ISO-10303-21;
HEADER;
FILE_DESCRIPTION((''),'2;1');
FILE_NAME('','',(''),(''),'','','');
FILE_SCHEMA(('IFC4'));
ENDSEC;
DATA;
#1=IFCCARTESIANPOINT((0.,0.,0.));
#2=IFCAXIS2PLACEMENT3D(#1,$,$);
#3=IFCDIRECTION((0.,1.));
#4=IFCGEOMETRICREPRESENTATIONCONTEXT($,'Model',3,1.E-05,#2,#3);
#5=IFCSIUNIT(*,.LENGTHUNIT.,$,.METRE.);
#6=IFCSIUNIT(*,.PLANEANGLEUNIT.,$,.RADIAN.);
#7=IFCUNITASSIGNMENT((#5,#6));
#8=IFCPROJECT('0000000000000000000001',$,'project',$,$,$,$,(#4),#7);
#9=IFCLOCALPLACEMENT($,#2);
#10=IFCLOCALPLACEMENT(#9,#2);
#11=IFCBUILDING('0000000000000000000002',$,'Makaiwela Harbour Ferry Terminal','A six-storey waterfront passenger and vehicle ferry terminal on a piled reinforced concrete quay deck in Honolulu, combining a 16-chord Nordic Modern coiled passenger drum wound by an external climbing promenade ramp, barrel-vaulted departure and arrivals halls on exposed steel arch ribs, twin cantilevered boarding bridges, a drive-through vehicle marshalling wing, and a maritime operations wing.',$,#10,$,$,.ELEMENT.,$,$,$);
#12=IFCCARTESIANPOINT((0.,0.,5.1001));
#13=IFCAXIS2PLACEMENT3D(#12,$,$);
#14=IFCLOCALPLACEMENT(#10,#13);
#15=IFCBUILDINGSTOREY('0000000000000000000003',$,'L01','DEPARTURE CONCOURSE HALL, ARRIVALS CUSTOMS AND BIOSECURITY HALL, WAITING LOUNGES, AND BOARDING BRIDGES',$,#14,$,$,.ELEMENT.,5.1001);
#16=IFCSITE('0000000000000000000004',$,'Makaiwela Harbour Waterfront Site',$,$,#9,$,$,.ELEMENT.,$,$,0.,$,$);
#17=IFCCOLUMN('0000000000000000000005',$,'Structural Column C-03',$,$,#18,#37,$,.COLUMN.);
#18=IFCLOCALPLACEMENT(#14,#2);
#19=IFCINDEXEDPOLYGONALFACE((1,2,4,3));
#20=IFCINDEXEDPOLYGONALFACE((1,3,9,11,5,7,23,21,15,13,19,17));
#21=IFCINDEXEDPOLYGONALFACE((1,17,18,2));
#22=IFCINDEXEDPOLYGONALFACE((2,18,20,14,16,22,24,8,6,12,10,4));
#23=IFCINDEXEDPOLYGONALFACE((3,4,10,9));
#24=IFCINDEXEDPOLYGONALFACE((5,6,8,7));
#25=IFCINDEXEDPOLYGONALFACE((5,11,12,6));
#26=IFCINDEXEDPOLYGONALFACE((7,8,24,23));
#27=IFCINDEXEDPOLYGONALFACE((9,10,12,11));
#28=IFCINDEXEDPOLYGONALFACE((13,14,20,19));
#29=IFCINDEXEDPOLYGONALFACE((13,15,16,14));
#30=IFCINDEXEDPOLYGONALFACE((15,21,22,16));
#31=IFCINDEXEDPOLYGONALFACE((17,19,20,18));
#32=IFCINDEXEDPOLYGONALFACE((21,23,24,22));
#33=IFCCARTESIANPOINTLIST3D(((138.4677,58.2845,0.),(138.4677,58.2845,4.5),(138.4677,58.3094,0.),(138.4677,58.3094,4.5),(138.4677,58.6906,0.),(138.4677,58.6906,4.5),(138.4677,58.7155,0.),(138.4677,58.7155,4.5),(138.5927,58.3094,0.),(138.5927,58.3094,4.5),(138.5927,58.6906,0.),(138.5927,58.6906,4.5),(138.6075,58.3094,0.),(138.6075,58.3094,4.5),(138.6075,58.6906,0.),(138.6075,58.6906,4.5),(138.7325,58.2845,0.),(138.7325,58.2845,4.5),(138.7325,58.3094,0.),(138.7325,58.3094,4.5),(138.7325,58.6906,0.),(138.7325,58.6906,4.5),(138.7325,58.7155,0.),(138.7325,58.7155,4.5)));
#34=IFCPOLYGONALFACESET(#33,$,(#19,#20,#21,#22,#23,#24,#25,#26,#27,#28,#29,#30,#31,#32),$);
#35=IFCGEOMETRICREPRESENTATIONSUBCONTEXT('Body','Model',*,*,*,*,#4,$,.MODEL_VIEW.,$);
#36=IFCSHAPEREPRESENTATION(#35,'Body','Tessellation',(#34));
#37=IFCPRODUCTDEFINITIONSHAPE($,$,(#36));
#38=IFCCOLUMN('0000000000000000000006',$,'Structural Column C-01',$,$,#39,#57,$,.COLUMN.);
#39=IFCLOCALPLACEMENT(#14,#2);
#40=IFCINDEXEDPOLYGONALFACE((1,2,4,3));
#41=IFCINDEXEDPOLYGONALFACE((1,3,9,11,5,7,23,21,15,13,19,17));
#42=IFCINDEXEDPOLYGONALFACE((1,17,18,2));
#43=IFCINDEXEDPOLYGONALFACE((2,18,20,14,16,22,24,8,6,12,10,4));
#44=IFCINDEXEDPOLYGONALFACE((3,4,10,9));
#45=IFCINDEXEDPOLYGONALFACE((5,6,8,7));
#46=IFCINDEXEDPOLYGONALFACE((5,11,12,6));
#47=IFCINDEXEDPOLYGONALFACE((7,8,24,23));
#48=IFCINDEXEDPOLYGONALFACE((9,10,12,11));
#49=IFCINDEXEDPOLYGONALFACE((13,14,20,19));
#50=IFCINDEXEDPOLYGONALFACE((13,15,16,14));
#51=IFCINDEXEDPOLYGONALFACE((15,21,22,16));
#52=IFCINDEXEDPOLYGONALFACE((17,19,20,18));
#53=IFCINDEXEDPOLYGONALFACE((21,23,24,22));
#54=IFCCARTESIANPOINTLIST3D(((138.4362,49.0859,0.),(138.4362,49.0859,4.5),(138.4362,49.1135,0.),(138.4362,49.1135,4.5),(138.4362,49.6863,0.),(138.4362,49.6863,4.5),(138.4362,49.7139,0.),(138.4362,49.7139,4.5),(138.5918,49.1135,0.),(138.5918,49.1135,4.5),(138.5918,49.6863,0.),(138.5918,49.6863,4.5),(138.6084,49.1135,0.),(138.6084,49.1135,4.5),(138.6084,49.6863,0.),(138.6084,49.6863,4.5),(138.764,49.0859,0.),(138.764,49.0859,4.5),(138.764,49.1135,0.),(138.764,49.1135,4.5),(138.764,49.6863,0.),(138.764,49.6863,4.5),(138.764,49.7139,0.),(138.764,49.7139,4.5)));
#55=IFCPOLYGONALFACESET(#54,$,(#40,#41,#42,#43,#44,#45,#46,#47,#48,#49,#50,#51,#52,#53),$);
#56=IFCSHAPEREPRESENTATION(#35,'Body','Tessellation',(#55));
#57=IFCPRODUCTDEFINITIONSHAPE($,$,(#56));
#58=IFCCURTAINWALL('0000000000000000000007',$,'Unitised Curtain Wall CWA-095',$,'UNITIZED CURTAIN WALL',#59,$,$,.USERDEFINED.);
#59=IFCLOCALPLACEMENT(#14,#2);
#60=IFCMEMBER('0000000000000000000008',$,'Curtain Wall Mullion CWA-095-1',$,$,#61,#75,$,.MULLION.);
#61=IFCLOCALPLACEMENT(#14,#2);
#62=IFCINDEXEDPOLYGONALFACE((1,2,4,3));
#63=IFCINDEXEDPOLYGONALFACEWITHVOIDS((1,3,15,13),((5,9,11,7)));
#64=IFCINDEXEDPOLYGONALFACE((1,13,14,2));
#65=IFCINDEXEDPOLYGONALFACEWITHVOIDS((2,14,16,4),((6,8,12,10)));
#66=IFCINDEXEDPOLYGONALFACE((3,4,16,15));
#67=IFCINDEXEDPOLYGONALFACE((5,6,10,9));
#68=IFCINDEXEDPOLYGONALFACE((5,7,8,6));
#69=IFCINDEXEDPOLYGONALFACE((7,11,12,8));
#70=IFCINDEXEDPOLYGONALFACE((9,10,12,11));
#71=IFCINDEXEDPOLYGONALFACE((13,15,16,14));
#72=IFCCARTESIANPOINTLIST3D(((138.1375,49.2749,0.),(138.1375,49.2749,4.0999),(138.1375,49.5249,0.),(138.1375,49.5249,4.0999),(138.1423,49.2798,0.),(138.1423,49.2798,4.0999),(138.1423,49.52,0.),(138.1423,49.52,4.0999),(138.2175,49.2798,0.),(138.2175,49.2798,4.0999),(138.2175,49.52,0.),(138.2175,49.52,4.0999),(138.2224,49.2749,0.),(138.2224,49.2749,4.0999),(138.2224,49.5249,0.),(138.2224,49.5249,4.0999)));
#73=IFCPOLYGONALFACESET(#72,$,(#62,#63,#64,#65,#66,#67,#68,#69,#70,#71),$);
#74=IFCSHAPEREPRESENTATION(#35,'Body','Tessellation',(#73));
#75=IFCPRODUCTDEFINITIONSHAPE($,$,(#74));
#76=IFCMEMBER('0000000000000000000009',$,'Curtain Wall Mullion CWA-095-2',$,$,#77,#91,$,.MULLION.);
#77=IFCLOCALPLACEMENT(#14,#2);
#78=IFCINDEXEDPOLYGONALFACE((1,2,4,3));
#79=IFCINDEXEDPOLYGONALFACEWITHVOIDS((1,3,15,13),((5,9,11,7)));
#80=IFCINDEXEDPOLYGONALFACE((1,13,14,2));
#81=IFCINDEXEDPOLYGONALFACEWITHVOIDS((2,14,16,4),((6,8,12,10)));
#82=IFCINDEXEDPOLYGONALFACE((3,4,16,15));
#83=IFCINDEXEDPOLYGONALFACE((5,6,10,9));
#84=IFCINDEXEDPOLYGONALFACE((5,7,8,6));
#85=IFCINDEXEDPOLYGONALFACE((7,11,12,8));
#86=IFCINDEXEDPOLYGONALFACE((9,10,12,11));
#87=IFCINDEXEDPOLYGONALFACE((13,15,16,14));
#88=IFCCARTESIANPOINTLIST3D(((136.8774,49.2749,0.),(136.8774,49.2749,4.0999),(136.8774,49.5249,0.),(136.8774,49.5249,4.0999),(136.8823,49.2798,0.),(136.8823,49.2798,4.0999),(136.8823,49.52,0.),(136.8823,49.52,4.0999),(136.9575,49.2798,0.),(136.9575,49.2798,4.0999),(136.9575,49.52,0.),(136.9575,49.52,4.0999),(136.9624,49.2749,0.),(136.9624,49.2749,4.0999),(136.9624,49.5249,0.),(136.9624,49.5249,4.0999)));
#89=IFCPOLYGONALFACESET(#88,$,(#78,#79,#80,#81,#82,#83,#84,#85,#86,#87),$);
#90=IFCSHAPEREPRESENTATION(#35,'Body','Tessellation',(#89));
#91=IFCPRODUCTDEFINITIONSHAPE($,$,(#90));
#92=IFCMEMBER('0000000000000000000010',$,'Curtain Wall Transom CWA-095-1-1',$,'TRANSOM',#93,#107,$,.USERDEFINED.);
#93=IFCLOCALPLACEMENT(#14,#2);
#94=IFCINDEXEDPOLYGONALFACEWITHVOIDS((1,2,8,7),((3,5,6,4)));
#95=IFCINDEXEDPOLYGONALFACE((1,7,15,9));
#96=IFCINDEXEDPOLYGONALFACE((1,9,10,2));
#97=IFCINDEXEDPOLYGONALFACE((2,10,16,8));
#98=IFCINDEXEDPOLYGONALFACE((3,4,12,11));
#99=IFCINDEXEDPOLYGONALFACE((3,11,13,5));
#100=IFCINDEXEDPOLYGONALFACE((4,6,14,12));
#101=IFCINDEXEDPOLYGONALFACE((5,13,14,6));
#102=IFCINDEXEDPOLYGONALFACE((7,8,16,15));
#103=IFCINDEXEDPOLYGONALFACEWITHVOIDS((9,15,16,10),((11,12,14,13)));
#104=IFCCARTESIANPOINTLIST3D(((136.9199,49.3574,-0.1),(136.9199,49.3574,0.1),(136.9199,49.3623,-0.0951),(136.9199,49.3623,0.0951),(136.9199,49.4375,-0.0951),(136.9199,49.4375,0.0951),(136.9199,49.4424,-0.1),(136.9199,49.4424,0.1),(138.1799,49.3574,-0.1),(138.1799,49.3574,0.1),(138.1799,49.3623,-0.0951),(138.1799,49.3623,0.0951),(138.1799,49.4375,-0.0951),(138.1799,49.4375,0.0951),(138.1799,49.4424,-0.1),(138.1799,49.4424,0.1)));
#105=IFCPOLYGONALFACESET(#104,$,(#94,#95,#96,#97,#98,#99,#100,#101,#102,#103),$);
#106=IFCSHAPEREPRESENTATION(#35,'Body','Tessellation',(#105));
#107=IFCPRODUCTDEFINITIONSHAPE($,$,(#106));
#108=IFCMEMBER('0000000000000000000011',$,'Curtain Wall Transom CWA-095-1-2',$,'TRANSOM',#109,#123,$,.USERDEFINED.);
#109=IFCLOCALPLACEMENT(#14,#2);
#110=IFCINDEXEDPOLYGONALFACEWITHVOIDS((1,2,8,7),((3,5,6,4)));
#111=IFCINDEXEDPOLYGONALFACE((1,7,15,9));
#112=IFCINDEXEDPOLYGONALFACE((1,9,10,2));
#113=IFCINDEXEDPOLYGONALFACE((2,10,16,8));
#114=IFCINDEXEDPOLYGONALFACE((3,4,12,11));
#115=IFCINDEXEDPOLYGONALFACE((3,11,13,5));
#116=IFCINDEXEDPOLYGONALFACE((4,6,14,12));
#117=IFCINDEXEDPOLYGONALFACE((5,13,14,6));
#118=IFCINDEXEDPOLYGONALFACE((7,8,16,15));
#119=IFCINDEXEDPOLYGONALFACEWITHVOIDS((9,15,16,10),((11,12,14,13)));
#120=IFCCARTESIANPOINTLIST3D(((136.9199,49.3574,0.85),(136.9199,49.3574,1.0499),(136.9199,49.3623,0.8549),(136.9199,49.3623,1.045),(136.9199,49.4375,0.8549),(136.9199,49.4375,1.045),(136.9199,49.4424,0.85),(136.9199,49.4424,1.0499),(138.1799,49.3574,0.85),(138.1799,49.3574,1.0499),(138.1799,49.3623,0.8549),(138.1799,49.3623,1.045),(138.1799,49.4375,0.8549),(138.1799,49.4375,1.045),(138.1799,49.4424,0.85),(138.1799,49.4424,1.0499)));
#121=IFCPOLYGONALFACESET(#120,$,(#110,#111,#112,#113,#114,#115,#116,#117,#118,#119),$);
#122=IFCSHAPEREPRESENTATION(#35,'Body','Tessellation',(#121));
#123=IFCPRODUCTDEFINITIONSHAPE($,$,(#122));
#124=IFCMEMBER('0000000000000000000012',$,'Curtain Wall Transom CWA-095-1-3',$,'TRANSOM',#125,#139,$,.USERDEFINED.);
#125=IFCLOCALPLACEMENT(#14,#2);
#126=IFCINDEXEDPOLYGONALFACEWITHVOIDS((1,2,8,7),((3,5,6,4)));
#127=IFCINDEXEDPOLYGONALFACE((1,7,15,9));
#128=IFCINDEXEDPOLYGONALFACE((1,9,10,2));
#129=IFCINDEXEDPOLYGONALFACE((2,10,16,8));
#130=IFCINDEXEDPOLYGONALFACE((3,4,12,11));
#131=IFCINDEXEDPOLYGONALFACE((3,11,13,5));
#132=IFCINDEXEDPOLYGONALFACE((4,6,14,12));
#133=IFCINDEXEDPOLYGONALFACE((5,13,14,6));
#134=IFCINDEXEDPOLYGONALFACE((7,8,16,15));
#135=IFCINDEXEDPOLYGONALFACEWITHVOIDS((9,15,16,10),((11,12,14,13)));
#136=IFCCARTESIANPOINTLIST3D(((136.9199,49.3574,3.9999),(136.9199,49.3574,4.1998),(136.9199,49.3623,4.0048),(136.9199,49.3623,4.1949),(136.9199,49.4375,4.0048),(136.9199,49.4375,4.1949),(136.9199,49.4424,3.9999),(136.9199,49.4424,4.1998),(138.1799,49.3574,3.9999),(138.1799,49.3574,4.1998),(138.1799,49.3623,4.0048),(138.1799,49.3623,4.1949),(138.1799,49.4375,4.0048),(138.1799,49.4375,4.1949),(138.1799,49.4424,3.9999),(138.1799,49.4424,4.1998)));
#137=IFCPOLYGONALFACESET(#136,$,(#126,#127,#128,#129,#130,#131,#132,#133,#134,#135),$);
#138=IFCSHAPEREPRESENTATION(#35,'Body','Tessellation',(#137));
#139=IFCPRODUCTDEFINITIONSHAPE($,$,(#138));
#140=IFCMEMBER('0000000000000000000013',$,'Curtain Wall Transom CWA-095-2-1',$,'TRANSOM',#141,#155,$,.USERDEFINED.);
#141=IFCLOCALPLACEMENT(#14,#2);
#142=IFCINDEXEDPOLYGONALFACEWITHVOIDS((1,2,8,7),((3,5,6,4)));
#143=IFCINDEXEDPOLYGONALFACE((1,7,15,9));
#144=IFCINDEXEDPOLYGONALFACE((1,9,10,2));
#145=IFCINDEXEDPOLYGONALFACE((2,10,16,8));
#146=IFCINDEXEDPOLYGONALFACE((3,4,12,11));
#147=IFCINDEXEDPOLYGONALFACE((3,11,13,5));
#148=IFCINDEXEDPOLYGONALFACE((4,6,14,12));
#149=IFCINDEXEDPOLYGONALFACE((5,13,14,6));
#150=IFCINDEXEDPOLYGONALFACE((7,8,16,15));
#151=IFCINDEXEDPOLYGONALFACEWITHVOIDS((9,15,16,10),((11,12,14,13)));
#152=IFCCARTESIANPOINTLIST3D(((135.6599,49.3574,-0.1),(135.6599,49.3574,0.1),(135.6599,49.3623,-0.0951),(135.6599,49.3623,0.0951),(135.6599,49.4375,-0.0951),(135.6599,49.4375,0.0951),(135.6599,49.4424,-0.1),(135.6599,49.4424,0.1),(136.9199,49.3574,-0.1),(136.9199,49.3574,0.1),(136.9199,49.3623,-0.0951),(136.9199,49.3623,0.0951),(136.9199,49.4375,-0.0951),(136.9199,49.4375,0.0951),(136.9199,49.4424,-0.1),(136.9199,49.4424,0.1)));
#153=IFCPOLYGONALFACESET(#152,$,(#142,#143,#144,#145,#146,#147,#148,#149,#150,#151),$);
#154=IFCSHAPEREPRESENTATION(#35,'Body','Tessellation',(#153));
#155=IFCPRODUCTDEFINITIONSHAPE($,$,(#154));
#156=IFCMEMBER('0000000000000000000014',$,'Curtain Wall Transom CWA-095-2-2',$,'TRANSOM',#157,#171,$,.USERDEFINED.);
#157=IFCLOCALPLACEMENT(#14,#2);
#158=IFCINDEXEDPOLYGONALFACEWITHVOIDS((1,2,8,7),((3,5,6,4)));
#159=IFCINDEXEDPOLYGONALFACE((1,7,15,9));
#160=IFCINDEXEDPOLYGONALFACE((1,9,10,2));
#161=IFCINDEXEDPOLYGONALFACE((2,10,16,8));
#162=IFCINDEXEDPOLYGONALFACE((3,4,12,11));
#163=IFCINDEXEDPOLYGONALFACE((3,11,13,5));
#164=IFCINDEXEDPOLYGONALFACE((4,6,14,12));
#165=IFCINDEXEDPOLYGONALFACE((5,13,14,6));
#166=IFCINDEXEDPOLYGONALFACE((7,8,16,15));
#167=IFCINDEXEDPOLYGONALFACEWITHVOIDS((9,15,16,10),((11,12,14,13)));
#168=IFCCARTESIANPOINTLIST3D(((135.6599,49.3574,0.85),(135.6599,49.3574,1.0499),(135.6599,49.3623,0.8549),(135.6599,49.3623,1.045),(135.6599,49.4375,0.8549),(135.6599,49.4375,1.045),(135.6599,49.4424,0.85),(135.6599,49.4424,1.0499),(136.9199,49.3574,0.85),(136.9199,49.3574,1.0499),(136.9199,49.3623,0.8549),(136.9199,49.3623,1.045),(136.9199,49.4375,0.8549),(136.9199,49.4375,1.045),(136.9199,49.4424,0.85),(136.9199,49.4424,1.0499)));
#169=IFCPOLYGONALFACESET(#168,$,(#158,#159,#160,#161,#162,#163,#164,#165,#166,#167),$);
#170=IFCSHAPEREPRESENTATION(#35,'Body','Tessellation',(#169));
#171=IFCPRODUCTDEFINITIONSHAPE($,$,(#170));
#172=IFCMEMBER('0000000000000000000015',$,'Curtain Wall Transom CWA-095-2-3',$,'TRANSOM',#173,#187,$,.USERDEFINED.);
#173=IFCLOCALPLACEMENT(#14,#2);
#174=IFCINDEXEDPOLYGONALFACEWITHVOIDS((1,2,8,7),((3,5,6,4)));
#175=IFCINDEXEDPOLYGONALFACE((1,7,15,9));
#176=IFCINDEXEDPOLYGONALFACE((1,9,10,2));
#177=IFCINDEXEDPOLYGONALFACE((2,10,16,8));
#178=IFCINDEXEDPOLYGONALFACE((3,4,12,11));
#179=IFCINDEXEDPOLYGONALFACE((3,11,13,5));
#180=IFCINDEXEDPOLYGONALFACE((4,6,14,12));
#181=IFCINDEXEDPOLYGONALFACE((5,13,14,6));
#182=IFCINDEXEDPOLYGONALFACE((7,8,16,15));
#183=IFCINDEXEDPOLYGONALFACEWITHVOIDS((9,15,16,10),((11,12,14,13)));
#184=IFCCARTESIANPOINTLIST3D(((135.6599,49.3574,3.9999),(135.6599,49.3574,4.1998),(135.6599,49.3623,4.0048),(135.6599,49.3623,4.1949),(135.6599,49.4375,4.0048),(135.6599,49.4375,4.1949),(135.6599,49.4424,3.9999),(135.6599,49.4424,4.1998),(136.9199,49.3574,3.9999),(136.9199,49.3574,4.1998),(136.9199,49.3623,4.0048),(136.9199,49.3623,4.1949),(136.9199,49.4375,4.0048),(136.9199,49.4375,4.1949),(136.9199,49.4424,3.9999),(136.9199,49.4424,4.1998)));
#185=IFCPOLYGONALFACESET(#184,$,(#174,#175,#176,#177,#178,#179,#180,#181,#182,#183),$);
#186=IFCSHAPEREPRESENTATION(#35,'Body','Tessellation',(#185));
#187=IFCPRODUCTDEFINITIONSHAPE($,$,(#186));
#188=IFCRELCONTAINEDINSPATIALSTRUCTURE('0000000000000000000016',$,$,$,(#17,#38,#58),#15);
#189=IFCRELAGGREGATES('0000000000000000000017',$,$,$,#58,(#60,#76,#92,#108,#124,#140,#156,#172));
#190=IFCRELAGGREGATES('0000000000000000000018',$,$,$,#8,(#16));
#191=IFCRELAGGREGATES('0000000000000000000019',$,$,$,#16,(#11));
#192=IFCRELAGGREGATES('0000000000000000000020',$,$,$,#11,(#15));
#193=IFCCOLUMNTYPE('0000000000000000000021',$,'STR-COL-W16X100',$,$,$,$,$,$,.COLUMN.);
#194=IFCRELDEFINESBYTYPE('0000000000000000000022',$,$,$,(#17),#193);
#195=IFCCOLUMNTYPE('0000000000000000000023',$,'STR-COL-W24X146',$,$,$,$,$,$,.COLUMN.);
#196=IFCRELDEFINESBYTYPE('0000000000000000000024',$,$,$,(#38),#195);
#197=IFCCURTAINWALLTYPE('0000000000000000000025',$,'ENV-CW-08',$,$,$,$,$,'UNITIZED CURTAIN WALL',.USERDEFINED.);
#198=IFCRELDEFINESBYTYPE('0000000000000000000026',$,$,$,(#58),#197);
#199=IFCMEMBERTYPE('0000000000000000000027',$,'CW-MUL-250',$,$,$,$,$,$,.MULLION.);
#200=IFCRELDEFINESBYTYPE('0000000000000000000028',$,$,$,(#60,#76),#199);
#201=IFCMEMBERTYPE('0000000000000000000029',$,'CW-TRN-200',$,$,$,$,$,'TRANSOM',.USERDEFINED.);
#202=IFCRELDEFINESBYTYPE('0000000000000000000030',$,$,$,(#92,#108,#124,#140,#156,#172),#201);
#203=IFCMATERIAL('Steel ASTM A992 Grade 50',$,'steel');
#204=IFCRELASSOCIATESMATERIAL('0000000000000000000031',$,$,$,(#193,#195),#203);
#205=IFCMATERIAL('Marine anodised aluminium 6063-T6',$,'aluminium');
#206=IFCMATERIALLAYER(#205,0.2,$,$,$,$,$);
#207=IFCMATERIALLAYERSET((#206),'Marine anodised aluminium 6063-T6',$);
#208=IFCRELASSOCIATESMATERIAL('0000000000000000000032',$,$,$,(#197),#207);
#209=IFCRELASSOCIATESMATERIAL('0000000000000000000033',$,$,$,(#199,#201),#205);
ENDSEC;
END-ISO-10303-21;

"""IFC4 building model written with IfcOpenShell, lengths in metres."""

from ifc_helpers import new_model, si_unit, direction, frame, origin, origin_2d, place, context, subcontext, project, spatial, hollow_rectangle, i_section, extrude, material, layer, layer_set, material_profile, profile_set, type_object, element, aggregate, save


model = new_model("IFC4")

# Units and contexts
model_context = context("Model", 3, precision=1e-05, world=origin(), true_north=direction((0.0, 1.0)))
body_context = subcontext(model_context, "Body", "Model", "MODEL_VIEW")
ifc_project = project(units=[si_unit("LENGTHUNIT", "METRE"), si_unit("PLANEANGLEUNIT", "RADIAN")], contexts=[model_context])

# Site, building, storey
site_placement = place(None, origin())
site = spatial("IfcSite", under=ifc_project, at=site_placement, Name="Makaiwela Harbour Waterfront Site", CompositionType="ELEMENT", RefElevation=0.0)
building_placement = place(site_placement, origin())
building = spatial("IfcBuilding", under=site, at=building_placement, Name="Makaiwela Harbour Ferry Terminal", Description="A six-storey waterfront passenger and vehicle ferry terminal on a piled reinforced concrete quay deck in Honolulu, combining a 16-chord Nordic Modern coiled passenger drum wound by an external climbing promenade ramp, barrel-vaulted departure and arrivals halls on exposed steel arch ribs, twin cantilevered boarding bridges, a drive-through vehicle marshalling wing, and a maritime operations wing.", CompositionType="ELEMENT")
storey_placement = place(building_placement, frame((0.0, 0.0, 5.1001)))
storey = spatial("IfcBuildingStorey", under=building, at=storey_placement, Name="L01", Description="DEPARTURE CONCOURSE HALL, ARRIVALS CUSTOMS AND BIOSECURITY HALL, WAITING LOUNGES, AND BOARDING BRIDGES", CompositionType="ELEMENT", Elevation=5.1001)

# Columns
ifc_material_1 = material(Name="Steel ASTM A992 Grade 50", Category="steel")
ifc_material_profile_1 = material_profile(ifc_material_1, i_section(OverallWidth=0.2649, OverallDepth=0.4309, WebThickness=0.0149, FlangeThickness=0.0249, at=origin_2d()), Name="W16X100")
ifc_profile_set_1 = profile_set([ifc_material_profile_1], Name="Steel ASTM A992 Grade 50")
column_type_1 = type_object("IfcColumnType", Name="STR-COL-W16X100", PredefinedType="COLUMN", material=ifc_profile_set_1)
column_1_placement = place(storey_placement, frame((138.6001, 58.5, 0.0), z_axis=(0.0, 0.0, 1.0), x_axis=(1.0, 0.0, 0.0)))
element("IfcColumn", 1, at=column_1_placement, inside=storey, type_object=column_type_1, Name="Structural Column C-03", PredefinedType="COLUMN", context=body_context, shape_type="SweptSolid", body=[
    extrude(i_section(OverallWidth=0.2649, OverallDepth=0.4309, WebThickness=0.0149, FlangeThickness=0.0249, at=origin_2d()), origin(), (0.0, 0.0, 1.0), 4.5),
])
ifc_material_profile_2 = material_profile(ifc_material_1, i_section(OverallWidth=0.3279, OverallDepth=0.6279, WebThickness=0.0166, FlangeThickness=0.0276, at=origin_2d()), Name="W24X146")
ifc_profile_set_2 = profile_set([ifc_material_profile_2], Name="Steel ASTM A992 Grade 50")
column_type_2 = type_object("IfcColumnType", Name="STR-COL-W24X146", PredefinedType="COLUMN", material=ifc_profile_set_2)
column_2_placement = place(storey_placement, frame((138.6001, 49.3999, 0.0), z_axis=(0.0, 0.0, 1.0), x_axis=(1.0, 0.0, 0.0)))
element("IfcColumn", 2, at=column_2_placement, inside=storey, type_object=column_type_2, Name="Structural Column C-01", PredefinedType="COLUMN", context=body_context, shape_type="SweptSolid", body=[
    extrude(i_section(OverallWidth=0.3279, OverallDepth=0.6279, WebThickness=0.0166, FlangeThickness=0.0276, at=origin_2d()), origin(), (0.0, 0.0, 1.0), 4.5),
])

# Curtain wall, members
ifc_material_2 = material(Name="Marine anodised aluminium 6063-T6", Category="aluminium")
ifc_layer_1 = layer(ifc_material_2, 0.2)
ifc_layer_set_1 = layer_set([ifc_layer_1], Name="Marine anodised aluminium 6063-T6")
curtain_wall_type = type_object("IfcCurtainWallType", Name="ENV-CW-08", ElementType="UNITIZED CURTAIN WALL", PredefinedType="USERDEFINED", material=ifc_layer_set_1)
curtain_wall_placement = place(storey_placement, origin())
curtain_wall = element("IfcCurtainWall", 3, at=curtain_wall_placement, inside=storey, type_object=curtain_wall_type, Name="Unitised Curtain Wall CWA-095", ObjectType="UNITIZED CURTAIN WALL", PredefinedType="USERDEFINED")
ifc_material_profile_3 = material_profile(ifc_material_2, hollow_rectangle(XDim=0.085, YDim=0.25, WallThickness=0.0049, at=origin_2d()), Name="CWM-250X85")
ifc_profile_set_3 = profile_set([ifc_material_profile_3], Name="Marine anodised aluminium 6063-T6")
member_type_1 = type_object("IfcMemberType", Name="CW-MUL-250", PredefinedType="MULLION", material=ifc_profile_set_3)
member_1_placement = place(storey_placement, frame((138.1799, 49.3999, 0.0), z_axis=(0.0, 0.0, 1.0), x_axis=(1.0, 0.0, 0.0)))
member_1 = element("IfcMember", 4, at=member_1_placement, type_object=member_type_1, Name="Curtain Wall Mullion CWA-095-1", PredefinedType="MULLION", context=body_context, shape_type="SweptSolid", body=[
    extrude(hollow_rectangle(XDim=0.085, YDim=0.25, WallThickness=0.0049, at=origin_2d()), origin(), (0.0, 0.0, 1.0), 4.0999),
])
member_2_placement = place(storey_placement, frame((136.9199, 49.3999, 0.0), z_axis=(0.0, 0.0, 1.0), x_axis=(1.0, 0.0, 0.0)))
member_2 = element("IfcMember", 5, at=member_2_placement, type_object=member_type_1, Name="Curtain Wall Mullion CWA-095-2", PredefinedType="MULLION", context=body_context, shape_type="SweptSolid", body=[
    extrude(hollow_rectangle(XDim=0.085, YDim=0.25, WallThickness=0.0049, at=origin_2d()), origin(), (0.0, 0.0, 1.0), 4.0999),
])
ifc_material_profile_4 = material_profile(ifc_material_2, hollow_rectangle(XDim=0.085, YDim=0.2, WallThickness=0.0049, at=origin_2d()), Name="CWT-200X85")
ifc_profile_set_4 = profile_set([ifc_material_profile_4], Name="Marine anodised aluminium 6063-T6")
member_type_2 = type_object("IfcMemberType", Name="CW-TRN-200", ElementType="TRANSOM", PredefinedType="USERDEFINED", material=ifc_profile_set_4)
member_3_placement = place(storey_placement, frame((138.1799, 49.3999, 0.0), z_axis=(-1.0, 0.0, 0.0), x_axis=(0.0, -1.0, 0.0)))
member_3 = element("IfcMember", 6, at=member_3_placement, type_object=member_type_2, Name="Curtain Wall Transom CWA-095-1-1", ObjectType="TRANSOM", PredefinedType="USERDEFINED", context=body_context, shape_type="SweptSolid", body=[
    extrude(hollow_rectangle(XDim=0.085, YDim=0.2, WallThickness=0.0049, at=origin_2d()), origin(), (0.0, 0.0, 1.0), 1.26),
])
member_4_placement = place(storey_placement, frame((138.1799, 49.3999, 0.95), z_axis=(-1.0, 0.0, 0.0), x_axis=(0.0, -1.0, 0.0)))
member_4 = element("IfcMember", 7, at=member_4_placement, type_object=member_type_2, Name="Curtain Wall Transom CWA-095-1-2", ObjectType="TRANSOM", PredefinedType="USERDEFINED", context=body_context, shape_type="SweptSolid", body=[
    extrude(hollow_rectangle(XDim=0.085, YDim=0.2, WallThickness=0.0049, at=origin_2d()), origin(), (0.0, 0.0, 1.0), 1.26),
])
member_5_placement = place(storey_placement, frame((138.1799, 49.3999, 4.0999), z_axis=(-1.0, 0.0, 0.0), x_axis=(0.0, -1.0, 0.0)))
member_5 = element("IfcMember", 8, at=member_5_placement, type_object=member_type_2, Name="Curtain Wall Transom CWA-095-1-3", ObjectType="TRANSOM", PredefinedType="USERDEFINED", context=body_context, shape_type="SweptSolid", body=[
    extrude(hollow_rectangle(XDim=0.085, YDim=0.2, WallThickness=0.0049, at=origin_2d()), origin(), (0.0, 0.0, 1.0), 1.26),
])
member_6_placement = place(storey_placement, frame((136.9199, 49.3999, 0.0), z_axis=(-1.0, 0.0, 0.0), x_axis=(0.0, -1.0, 0.0)))
member_6 = element("IfcMember", 9, at=member_6_placement, type_object=member_type_2, Name="Curtain Wall Transom CWA-095-2-1", ObjectType="TRANSOM", PredefinedType="USERDEFINED", context=body_context, shape_type="SweptSolid", body=[
    extrude(hollow_rectangle(XDim=0.085, YDim=0.2, WallThickness=0.0049, at=origin_2d()), origin(), (0.0, 0.0, 1.0), 1.26),
])
member_7_placement = place(storey_placement, frame((136.9199, 49.3999, 0.95), z_axis=(-1.0, 0.0, 0.0), x_axis=(0.0, -1.0, 0.0)))
member_7 = element("IfcMember", 10, at=member_7_placement, type_object=member_type_2, Name="Curtain Wall Transom CWA-095-2-2", ObjectType="TRANSOM", PredefinedType="USERDEFINED", context=body_context, shape_type="SweptSolid", body=[
    extrude(hollow_rectangle(XDim=0.085, YDim=0.2, WallThickness=0.0049, at=origin_2d()), origin(), (0.0, 0.0, 1.0), 1.26),
])
member_8_placement = place(storey_placement, frame((136.9199, 49.3999, 4.0999), z_axis=(-1.0, 0.0, 0.0), x_axis=(0.0, -1.0, 0.0)))
member_8 = element("IfcMember", 11, at=member_8_placement, type_object=member_type_2, Name="Curtain Wall Transom CWA-095-2-3", ObjectType="TRANSOM", PredefinedType="USERDEFINED", context=body_context, shape_type="SweptSolid", body=[
    extrude(hollow_rectangle(XDim=0.085, YDim=0.2, WallThickness=0.0049, at=origin_2d()), origin(), (0.0, 0.0, 1.0), 1.26),
])

aggregate(curtain_wall, [member_1, member_2, member_3, member_4, member_5, member_6, member_7, member_8])

save(model, "model.ifc")
